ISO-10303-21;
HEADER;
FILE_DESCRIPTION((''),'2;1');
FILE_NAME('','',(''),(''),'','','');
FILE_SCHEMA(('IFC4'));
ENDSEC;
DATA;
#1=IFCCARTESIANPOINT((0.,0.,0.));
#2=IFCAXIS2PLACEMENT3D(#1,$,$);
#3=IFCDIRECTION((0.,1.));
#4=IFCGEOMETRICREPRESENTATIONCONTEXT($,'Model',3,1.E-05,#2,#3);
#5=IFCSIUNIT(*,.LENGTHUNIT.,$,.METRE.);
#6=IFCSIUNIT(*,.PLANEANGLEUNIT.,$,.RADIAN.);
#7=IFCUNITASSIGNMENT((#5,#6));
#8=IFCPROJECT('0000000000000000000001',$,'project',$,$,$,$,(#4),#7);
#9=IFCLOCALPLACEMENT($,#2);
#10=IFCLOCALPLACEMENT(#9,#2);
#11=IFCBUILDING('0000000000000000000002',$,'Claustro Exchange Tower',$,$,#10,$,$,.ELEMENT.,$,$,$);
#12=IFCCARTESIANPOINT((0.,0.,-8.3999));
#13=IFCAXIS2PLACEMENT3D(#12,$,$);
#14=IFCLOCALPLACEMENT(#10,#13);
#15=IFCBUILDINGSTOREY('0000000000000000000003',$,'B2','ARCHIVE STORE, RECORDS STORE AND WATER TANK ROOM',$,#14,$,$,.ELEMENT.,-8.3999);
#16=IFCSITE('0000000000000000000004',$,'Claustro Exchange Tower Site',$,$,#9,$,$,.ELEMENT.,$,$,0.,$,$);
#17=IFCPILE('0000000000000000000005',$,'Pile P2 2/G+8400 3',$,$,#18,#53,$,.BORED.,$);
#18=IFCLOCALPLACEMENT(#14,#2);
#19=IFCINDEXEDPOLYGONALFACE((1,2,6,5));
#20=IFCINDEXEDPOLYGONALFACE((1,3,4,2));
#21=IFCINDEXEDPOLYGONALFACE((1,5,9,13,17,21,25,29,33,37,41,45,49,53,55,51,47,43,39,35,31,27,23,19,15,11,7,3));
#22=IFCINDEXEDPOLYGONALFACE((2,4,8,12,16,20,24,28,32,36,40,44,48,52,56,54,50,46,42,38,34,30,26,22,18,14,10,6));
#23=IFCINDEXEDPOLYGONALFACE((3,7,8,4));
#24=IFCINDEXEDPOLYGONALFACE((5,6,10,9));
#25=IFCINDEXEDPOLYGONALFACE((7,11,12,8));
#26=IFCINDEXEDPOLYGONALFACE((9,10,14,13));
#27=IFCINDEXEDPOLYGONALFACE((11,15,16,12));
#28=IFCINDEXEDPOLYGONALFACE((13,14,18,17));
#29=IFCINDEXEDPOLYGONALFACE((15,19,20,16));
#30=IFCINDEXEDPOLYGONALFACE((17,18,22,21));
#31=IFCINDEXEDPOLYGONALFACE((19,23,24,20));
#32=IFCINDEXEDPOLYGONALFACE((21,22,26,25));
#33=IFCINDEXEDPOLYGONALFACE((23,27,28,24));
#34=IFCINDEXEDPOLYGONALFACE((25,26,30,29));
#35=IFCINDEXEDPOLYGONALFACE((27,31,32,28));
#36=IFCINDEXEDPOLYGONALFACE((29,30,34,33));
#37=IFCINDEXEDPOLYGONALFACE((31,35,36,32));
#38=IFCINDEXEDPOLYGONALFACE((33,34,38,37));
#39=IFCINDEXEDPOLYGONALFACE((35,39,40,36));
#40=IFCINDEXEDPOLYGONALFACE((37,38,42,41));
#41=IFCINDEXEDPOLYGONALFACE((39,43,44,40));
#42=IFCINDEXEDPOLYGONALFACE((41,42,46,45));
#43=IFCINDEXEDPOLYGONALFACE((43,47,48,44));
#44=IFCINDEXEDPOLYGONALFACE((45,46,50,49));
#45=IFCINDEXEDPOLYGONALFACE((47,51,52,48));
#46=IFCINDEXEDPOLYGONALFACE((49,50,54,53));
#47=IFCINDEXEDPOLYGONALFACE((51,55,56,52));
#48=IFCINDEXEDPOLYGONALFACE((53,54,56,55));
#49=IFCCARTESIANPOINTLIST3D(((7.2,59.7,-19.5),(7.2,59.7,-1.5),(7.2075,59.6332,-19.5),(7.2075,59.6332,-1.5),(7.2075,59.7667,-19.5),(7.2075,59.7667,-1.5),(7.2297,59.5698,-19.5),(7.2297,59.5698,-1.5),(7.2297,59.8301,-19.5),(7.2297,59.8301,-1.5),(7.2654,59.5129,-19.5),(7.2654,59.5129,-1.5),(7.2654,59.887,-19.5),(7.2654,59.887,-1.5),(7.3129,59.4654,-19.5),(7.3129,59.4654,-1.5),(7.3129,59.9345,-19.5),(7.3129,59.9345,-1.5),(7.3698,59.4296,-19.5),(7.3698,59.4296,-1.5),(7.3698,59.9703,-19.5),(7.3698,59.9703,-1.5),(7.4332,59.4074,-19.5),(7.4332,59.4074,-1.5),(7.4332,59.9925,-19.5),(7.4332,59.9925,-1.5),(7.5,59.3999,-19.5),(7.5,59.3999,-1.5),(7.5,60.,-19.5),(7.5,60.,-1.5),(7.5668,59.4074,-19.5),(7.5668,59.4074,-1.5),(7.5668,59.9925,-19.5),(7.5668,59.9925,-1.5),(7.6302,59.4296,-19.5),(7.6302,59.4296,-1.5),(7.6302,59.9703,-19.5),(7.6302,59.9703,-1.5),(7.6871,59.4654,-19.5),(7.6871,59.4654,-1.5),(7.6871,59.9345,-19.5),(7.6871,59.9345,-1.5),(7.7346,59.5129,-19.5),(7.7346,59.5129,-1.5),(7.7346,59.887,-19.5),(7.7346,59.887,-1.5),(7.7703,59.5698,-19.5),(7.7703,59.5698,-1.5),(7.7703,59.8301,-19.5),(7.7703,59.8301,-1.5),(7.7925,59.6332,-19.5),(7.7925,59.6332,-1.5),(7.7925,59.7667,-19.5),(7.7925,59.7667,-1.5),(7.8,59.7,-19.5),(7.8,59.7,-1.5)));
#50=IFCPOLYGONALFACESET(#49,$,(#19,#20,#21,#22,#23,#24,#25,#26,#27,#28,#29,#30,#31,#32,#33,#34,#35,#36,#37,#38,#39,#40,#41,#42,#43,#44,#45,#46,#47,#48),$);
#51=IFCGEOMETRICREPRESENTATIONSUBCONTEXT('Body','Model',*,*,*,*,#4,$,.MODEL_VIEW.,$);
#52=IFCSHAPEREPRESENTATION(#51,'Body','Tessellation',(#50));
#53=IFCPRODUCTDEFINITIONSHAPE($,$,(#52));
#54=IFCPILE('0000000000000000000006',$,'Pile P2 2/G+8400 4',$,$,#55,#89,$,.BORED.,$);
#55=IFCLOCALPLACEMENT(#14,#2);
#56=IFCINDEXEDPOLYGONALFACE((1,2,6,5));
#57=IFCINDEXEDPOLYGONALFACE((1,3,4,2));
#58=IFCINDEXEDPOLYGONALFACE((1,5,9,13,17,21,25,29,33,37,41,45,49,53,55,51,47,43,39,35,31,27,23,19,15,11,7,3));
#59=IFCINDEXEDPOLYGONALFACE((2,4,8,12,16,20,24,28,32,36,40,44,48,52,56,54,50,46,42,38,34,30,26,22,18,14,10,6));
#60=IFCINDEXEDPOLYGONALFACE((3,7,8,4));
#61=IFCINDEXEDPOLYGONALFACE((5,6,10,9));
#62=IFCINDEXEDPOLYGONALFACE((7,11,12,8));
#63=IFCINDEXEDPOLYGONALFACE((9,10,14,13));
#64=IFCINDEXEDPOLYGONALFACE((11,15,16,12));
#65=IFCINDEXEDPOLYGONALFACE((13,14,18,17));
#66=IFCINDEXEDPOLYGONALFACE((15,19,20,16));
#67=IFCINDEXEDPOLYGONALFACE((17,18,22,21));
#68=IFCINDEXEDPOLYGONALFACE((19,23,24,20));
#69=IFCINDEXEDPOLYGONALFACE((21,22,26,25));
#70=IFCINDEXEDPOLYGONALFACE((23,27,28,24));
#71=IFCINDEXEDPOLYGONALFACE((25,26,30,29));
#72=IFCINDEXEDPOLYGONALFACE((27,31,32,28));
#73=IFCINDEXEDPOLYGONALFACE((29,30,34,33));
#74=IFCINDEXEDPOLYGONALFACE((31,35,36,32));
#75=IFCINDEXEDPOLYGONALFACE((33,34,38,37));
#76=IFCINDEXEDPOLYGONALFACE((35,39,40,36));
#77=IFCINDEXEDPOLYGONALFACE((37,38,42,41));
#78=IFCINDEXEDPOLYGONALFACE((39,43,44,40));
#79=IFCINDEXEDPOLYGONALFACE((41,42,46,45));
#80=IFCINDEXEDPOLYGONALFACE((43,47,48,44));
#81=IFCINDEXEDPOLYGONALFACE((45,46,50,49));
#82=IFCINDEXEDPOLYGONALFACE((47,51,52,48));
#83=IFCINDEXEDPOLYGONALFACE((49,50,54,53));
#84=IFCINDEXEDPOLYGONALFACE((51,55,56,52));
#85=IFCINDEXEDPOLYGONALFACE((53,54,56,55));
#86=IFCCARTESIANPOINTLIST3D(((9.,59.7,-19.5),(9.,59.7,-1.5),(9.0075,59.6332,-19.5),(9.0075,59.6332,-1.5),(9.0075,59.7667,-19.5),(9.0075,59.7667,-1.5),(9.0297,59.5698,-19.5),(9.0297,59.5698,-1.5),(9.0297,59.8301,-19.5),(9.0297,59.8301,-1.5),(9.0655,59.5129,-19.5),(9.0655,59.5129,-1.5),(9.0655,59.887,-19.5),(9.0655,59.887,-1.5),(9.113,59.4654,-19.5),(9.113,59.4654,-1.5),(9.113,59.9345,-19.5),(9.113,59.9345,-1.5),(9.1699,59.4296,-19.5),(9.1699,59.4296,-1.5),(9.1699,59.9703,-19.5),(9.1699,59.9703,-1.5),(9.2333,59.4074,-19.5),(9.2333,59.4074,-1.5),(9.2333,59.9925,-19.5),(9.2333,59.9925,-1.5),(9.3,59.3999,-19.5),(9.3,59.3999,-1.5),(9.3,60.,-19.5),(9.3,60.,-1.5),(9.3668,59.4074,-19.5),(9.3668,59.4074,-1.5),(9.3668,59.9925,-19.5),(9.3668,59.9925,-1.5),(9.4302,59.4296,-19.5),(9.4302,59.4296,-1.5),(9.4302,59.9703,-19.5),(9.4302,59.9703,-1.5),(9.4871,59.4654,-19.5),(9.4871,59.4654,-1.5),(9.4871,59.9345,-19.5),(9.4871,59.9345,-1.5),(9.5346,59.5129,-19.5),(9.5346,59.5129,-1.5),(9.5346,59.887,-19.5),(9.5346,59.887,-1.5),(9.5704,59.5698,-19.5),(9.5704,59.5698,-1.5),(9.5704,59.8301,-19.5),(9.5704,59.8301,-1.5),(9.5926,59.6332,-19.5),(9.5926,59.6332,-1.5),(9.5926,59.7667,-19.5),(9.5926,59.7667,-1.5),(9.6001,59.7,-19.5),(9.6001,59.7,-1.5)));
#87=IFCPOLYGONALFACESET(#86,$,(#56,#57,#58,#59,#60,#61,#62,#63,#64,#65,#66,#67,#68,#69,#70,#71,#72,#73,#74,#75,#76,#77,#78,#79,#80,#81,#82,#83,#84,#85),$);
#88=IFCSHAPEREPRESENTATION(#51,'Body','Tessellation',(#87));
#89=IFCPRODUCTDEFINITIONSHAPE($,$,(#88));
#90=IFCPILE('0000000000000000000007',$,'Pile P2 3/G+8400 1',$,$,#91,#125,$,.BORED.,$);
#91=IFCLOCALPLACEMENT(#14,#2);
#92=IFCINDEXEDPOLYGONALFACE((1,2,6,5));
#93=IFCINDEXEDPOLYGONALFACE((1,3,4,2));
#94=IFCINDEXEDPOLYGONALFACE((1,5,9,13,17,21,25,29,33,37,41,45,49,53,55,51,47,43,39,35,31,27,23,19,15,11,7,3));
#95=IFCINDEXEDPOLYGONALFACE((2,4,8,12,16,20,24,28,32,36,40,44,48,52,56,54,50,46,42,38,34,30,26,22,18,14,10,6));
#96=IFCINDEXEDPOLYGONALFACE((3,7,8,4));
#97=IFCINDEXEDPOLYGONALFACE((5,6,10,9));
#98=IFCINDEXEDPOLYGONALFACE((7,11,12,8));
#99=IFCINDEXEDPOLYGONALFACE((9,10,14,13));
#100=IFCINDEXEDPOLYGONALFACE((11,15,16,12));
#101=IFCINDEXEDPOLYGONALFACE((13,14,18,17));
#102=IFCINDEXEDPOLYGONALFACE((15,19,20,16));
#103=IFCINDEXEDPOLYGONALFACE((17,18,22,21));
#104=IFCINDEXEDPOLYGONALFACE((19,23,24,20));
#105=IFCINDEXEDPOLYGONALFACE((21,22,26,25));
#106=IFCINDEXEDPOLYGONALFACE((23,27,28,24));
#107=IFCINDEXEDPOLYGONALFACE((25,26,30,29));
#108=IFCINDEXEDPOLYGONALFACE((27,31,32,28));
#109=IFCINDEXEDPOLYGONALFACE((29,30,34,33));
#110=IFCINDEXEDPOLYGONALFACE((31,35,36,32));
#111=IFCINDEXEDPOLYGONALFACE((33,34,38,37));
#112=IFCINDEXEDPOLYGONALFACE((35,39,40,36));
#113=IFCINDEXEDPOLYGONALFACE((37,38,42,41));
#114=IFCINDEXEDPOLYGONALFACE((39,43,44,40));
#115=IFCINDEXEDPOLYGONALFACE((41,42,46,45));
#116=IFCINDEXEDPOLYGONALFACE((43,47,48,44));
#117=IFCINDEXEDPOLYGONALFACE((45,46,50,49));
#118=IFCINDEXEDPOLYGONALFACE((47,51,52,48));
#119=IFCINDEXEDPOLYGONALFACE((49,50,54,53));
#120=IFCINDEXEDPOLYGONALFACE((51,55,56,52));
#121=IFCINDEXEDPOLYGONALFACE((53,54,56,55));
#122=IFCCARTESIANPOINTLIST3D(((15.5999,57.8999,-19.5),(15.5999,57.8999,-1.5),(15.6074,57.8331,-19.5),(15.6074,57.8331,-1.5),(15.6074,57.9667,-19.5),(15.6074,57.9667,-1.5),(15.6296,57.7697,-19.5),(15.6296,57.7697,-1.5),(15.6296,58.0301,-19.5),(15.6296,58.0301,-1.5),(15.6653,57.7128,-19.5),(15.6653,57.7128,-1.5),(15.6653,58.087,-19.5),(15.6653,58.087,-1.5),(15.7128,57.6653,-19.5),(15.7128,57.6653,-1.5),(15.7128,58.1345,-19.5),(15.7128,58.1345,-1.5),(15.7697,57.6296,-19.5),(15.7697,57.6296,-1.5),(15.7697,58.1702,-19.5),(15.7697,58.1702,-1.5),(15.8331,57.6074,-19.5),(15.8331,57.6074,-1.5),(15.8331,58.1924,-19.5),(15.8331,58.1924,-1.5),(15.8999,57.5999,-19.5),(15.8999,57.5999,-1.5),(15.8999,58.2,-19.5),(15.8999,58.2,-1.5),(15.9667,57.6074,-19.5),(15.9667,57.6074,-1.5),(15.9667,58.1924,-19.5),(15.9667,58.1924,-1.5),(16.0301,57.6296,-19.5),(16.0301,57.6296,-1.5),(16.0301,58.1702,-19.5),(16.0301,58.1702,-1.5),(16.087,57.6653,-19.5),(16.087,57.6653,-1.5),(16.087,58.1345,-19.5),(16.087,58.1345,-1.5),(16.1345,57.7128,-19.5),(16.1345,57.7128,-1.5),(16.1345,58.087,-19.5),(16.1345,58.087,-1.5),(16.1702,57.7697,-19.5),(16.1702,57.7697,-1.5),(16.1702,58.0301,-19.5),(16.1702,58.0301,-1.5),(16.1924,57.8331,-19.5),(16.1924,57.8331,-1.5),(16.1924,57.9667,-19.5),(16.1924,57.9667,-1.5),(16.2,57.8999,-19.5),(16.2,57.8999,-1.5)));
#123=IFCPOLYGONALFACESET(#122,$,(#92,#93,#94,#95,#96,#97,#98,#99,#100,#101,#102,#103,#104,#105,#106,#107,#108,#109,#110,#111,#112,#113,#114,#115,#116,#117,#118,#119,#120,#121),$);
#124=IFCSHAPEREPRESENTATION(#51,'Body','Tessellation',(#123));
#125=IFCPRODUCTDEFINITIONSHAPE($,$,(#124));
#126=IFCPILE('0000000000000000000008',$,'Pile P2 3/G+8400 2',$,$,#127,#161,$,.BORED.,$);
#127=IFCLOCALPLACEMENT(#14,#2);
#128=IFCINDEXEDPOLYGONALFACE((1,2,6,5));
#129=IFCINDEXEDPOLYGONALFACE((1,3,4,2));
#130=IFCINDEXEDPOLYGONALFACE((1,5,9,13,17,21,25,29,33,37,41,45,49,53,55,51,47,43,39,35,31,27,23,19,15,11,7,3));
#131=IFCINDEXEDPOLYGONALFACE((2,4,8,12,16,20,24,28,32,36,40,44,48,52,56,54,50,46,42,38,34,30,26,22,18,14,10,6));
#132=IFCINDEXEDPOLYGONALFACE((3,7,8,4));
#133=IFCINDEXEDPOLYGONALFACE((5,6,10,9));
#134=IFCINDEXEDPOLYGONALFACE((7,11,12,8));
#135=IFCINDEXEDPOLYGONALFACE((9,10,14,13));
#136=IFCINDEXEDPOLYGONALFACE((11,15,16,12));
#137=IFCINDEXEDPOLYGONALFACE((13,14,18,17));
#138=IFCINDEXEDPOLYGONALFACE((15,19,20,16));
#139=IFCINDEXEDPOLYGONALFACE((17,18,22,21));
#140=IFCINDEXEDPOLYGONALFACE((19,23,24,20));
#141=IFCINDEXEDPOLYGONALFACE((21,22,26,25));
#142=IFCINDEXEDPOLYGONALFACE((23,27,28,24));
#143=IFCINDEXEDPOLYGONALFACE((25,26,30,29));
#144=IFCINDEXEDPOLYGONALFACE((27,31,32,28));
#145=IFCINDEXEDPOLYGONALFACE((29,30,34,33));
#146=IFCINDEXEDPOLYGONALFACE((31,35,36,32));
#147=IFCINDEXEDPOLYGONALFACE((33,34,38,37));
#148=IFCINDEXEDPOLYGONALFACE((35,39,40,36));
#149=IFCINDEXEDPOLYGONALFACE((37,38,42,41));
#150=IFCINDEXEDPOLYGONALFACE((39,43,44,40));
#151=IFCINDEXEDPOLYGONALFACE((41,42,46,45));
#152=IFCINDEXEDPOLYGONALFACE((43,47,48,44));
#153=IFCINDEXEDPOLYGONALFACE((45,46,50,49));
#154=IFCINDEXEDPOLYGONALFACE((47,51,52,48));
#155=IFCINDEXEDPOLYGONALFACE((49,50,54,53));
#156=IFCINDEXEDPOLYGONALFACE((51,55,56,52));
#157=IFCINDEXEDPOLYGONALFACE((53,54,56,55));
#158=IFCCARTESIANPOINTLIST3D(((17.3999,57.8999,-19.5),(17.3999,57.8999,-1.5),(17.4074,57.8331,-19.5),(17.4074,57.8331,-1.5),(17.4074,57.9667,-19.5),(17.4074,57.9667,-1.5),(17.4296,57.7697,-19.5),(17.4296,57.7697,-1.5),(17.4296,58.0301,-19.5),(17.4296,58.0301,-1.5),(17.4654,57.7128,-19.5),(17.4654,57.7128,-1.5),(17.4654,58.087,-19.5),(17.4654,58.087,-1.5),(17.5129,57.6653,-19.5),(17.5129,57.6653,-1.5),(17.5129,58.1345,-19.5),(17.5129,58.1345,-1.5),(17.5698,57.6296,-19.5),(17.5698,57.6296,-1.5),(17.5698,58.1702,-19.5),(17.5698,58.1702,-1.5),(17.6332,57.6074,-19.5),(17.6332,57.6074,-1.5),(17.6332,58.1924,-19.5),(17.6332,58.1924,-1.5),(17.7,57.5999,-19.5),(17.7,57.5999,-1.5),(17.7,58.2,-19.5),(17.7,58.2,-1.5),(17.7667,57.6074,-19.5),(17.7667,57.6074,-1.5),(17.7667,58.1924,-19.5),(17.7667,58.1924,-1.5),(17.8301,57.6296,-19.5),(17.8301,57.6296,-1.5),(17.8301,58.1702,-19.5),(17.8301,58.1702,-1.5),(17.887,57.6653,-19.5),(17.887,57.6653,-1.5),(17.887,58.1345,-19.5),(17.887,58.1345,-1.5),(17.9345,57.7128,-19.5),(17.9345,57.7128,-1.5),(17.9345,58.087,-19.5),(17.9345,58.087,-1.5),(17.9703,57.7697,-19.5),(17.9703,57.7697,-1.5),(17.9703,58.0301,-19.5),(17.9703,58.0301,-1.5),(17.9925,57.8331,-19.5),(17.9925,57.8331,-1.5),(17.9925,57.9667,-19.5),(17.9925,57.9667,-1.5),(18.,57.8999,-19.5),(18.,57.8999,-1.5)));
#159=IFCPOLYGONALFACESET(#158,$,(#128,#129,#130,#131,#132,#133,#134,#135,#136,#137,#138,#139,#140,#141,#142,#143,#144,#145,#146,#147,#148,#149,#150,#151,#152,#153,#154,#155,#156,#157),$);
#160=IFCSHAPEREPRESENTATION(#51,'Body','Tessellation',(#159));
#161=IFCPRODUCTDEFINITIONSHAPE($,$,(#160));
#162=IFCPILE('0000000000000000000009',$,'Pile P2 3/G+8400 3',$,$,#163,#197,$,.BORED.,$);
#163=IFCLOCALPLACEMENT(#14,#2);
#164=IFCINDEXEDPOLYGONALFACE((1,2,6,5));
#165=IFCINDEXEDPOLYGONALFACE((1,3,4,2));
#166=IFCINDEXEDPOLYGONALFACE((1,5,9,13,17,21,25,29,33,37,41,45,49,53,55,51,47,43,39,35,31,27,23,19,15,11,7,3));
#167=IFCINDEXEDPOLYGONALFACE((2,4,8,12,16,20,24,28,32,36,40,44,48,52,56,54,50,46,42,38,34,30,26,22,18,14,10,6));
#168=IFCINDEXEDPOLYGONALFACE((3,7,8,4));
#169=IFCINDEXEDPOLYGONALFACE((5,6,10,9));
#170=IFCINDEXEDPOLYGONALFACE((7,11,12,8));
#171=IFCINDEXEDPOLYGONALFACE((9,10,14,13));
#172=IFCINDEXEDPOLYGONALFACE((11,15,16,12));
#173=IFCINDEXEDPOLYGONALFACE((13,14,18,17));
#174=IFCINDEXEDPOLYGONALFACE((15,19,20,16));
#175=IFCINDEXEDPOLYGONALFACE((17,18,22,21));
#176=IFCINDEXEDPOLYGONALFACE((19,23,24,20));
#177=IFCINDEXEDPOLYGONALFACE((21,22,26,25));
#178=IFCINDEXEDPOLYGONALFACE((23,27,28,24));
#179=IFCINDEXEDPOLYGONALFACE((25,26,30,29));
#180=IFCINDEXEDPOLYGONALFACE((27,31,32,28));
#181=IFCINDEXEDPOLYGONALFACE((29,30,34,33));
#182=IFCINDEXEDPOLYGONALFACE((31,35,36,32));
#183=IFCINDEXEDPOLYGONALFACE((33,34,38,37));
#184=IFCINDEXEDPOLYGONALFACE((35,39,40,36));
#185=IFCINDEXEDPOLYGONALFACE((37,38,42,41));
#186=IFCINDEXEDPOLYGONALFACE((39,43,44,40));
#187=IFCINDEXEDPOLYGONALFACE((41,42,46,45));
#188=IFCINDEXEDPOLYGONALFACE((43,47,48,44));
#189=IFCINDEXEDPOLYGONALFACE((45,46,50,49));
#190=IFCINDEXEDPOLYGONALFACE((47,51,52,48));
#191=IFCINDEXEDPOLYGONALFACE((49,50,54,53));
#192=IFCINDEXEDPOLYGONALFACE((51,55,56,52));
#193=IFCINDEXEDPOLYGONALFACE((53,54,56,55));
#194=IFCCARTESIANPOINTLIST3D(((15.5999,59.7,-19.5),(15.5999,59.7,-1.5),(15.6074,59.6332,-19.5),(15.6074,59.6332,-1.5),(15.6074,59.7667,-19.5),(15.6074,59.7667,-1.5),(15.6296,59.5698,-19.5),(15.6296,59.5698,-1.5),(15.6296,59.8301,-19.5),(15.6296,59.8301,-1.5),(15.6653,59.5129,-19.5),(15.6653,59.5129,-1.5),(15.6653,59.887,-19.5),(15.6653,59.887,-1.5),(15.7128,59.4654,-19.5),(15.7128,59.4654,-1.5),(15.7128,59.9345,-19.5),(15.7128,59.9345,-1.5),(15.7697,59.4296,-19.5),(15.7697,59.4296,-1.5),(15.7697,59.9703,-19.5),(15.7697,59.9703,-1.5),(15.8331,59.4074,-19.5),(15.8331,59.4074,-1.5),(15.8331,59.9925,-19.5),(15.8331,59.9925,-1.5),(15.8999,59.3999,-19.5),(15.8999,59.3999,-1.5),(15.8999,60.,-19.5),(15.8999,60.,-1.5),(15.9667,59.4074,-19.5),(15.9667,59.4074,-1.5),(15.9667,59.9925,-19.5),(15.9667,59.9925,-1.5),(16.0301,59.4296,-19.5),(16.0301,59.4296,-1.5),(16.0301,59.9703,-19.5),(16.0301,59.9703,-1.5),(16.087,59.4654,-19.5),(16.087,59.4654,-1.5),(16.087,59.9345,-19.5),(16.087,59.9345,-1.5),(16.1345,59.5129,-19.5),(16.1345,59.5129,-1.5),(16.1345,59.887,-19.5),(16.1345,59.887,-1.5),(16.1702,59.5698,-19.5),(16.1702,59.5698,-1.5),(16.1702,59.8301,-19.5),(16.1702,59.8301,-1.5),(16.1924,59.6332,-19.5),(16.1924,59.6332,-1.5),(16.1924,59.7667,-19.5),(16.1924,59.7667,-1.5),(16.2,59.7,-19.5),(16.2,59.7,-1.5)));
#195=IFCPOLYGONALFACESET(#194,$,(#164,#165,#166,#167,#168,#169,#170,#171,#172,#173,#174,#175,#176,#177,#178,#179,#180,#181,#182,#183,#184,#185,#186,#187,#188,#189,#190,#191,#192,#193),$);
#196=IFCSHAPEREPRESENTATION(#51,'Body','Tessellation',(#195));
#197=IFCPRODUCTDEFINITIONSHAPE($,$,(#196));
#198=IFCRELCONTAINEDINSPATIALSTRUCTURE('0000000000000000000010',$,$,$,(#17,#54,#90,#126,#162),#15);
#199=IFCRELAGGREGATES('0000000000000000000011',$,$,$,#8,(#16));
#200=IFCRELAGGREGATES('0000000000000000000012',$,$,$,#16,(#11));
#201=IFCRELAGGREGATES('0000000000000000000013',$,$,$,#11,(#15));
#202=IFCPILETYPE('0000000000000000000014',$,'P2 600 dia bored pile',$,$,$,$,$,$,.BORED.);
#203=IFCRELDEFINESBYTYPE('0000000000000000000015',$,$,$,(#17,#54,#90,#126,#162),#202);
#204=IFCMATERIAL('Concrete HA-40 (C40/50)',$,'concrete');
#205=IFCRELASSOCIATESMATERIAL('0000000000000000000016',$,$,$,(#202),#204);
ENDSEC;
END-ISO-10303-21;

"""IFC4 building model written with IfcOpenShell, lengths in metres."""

from ifc_helpers import new_model, si_unit, direction, frame, origin, origin_2d, place, context, subcontext, project, spatial, circle, extrude, material, type_object, element, save


model = new_model("IFC4")

# Units and contexts
model_context = context("Model", 3, precision=1e-05, world=origin(), true_north=direction((0.0, 1.0)))
body_context = subcontext(model_context, "Body", "Model", "MODEL_VIEW")
ifc_project = project(units=[si_unit("LENGTHUNIT", "METRE"), si_unit("PLANEANGLEUNIT", "RADIAN")], contexts=[model_context])

# Site, building, storey
site_placement = place(None, origin())
site = spatial("IfcSite", under=ifc_project, at=site_placement, Name="Claustro Exchange Tower Site", CompositionType="ELEMENT", RefElevation=0.0)
building_placement = place(site_placement, origin())
building = spatial("IfcBuilding", under=site, at=building_placement, Name="Claustro Exchange Tower", CompositionType="ELEMENT")
storey_placement = place(building_placement, frame((0.0, 0.0, -8.3999)))
storey = spatial("IfcBuildingStorey", under=building, at=storey_placement, Name="B2", Description="ARCHIVE STORE, RECORDS STORE AND WATER TANK ROOM", CompositionType="ELEMENT", Elevation=-8.3999)

# Piles
ifc_material_1 = material(Name="Concrete HA-40 (C40/50)", Category="concrete")
pile_type_1 = type_object("IfcPileType", Name="P2 600 dia bored pile", PredefinedType="BORED", material=ifc_material_1)
for number, where, z_axis, x_axis, name in (
    (1, (7.5, 59.7, -1.5), (0.0, 0.0, -1.0), (1.0, 0.0, 0.0), "Pile P2 2/G+8400 3"),
    (2, (9.3, 59.7, -1.5), (0.0, 0.0, -1.0), (1.0, 0.0, 0.0), "Pile P2 2/G+8400 4"),
    (3, (15.8999, 57.8999, -1.5), (0.0, 0.0, -1.0), (1.0, 0.0, 0.0), "Pile P2 3/G+8400 1"),
    (4, (17.7, 57.8999, -1.5), (0.0, 0.0, -1.0), (1.0, 0.0, 0.0), "Pile P2 3/G+8400 2"),
    (5, (15.8999, 59.7, -1.5), (0.0, 0.0, -1.0), (1.0, 0.0, 0.0), "Pile P2 3/G+8400 3"),
):
    element("IfcPile", number, at=place(storey_placement, frame(where, z_axis=z_axis, x_axis=x_axis)), inside=storey, type_object=pile_type_1, Name=name, PredefinedType="BORED", context=body_context, shape_type="SweptSolid", body=[
        extrude(circle(Radius=0.3, at=origin_2d()), origin(), (0.0, 0.0, 1.0), 18.0),
    ])

save(model, "model.ifc")
